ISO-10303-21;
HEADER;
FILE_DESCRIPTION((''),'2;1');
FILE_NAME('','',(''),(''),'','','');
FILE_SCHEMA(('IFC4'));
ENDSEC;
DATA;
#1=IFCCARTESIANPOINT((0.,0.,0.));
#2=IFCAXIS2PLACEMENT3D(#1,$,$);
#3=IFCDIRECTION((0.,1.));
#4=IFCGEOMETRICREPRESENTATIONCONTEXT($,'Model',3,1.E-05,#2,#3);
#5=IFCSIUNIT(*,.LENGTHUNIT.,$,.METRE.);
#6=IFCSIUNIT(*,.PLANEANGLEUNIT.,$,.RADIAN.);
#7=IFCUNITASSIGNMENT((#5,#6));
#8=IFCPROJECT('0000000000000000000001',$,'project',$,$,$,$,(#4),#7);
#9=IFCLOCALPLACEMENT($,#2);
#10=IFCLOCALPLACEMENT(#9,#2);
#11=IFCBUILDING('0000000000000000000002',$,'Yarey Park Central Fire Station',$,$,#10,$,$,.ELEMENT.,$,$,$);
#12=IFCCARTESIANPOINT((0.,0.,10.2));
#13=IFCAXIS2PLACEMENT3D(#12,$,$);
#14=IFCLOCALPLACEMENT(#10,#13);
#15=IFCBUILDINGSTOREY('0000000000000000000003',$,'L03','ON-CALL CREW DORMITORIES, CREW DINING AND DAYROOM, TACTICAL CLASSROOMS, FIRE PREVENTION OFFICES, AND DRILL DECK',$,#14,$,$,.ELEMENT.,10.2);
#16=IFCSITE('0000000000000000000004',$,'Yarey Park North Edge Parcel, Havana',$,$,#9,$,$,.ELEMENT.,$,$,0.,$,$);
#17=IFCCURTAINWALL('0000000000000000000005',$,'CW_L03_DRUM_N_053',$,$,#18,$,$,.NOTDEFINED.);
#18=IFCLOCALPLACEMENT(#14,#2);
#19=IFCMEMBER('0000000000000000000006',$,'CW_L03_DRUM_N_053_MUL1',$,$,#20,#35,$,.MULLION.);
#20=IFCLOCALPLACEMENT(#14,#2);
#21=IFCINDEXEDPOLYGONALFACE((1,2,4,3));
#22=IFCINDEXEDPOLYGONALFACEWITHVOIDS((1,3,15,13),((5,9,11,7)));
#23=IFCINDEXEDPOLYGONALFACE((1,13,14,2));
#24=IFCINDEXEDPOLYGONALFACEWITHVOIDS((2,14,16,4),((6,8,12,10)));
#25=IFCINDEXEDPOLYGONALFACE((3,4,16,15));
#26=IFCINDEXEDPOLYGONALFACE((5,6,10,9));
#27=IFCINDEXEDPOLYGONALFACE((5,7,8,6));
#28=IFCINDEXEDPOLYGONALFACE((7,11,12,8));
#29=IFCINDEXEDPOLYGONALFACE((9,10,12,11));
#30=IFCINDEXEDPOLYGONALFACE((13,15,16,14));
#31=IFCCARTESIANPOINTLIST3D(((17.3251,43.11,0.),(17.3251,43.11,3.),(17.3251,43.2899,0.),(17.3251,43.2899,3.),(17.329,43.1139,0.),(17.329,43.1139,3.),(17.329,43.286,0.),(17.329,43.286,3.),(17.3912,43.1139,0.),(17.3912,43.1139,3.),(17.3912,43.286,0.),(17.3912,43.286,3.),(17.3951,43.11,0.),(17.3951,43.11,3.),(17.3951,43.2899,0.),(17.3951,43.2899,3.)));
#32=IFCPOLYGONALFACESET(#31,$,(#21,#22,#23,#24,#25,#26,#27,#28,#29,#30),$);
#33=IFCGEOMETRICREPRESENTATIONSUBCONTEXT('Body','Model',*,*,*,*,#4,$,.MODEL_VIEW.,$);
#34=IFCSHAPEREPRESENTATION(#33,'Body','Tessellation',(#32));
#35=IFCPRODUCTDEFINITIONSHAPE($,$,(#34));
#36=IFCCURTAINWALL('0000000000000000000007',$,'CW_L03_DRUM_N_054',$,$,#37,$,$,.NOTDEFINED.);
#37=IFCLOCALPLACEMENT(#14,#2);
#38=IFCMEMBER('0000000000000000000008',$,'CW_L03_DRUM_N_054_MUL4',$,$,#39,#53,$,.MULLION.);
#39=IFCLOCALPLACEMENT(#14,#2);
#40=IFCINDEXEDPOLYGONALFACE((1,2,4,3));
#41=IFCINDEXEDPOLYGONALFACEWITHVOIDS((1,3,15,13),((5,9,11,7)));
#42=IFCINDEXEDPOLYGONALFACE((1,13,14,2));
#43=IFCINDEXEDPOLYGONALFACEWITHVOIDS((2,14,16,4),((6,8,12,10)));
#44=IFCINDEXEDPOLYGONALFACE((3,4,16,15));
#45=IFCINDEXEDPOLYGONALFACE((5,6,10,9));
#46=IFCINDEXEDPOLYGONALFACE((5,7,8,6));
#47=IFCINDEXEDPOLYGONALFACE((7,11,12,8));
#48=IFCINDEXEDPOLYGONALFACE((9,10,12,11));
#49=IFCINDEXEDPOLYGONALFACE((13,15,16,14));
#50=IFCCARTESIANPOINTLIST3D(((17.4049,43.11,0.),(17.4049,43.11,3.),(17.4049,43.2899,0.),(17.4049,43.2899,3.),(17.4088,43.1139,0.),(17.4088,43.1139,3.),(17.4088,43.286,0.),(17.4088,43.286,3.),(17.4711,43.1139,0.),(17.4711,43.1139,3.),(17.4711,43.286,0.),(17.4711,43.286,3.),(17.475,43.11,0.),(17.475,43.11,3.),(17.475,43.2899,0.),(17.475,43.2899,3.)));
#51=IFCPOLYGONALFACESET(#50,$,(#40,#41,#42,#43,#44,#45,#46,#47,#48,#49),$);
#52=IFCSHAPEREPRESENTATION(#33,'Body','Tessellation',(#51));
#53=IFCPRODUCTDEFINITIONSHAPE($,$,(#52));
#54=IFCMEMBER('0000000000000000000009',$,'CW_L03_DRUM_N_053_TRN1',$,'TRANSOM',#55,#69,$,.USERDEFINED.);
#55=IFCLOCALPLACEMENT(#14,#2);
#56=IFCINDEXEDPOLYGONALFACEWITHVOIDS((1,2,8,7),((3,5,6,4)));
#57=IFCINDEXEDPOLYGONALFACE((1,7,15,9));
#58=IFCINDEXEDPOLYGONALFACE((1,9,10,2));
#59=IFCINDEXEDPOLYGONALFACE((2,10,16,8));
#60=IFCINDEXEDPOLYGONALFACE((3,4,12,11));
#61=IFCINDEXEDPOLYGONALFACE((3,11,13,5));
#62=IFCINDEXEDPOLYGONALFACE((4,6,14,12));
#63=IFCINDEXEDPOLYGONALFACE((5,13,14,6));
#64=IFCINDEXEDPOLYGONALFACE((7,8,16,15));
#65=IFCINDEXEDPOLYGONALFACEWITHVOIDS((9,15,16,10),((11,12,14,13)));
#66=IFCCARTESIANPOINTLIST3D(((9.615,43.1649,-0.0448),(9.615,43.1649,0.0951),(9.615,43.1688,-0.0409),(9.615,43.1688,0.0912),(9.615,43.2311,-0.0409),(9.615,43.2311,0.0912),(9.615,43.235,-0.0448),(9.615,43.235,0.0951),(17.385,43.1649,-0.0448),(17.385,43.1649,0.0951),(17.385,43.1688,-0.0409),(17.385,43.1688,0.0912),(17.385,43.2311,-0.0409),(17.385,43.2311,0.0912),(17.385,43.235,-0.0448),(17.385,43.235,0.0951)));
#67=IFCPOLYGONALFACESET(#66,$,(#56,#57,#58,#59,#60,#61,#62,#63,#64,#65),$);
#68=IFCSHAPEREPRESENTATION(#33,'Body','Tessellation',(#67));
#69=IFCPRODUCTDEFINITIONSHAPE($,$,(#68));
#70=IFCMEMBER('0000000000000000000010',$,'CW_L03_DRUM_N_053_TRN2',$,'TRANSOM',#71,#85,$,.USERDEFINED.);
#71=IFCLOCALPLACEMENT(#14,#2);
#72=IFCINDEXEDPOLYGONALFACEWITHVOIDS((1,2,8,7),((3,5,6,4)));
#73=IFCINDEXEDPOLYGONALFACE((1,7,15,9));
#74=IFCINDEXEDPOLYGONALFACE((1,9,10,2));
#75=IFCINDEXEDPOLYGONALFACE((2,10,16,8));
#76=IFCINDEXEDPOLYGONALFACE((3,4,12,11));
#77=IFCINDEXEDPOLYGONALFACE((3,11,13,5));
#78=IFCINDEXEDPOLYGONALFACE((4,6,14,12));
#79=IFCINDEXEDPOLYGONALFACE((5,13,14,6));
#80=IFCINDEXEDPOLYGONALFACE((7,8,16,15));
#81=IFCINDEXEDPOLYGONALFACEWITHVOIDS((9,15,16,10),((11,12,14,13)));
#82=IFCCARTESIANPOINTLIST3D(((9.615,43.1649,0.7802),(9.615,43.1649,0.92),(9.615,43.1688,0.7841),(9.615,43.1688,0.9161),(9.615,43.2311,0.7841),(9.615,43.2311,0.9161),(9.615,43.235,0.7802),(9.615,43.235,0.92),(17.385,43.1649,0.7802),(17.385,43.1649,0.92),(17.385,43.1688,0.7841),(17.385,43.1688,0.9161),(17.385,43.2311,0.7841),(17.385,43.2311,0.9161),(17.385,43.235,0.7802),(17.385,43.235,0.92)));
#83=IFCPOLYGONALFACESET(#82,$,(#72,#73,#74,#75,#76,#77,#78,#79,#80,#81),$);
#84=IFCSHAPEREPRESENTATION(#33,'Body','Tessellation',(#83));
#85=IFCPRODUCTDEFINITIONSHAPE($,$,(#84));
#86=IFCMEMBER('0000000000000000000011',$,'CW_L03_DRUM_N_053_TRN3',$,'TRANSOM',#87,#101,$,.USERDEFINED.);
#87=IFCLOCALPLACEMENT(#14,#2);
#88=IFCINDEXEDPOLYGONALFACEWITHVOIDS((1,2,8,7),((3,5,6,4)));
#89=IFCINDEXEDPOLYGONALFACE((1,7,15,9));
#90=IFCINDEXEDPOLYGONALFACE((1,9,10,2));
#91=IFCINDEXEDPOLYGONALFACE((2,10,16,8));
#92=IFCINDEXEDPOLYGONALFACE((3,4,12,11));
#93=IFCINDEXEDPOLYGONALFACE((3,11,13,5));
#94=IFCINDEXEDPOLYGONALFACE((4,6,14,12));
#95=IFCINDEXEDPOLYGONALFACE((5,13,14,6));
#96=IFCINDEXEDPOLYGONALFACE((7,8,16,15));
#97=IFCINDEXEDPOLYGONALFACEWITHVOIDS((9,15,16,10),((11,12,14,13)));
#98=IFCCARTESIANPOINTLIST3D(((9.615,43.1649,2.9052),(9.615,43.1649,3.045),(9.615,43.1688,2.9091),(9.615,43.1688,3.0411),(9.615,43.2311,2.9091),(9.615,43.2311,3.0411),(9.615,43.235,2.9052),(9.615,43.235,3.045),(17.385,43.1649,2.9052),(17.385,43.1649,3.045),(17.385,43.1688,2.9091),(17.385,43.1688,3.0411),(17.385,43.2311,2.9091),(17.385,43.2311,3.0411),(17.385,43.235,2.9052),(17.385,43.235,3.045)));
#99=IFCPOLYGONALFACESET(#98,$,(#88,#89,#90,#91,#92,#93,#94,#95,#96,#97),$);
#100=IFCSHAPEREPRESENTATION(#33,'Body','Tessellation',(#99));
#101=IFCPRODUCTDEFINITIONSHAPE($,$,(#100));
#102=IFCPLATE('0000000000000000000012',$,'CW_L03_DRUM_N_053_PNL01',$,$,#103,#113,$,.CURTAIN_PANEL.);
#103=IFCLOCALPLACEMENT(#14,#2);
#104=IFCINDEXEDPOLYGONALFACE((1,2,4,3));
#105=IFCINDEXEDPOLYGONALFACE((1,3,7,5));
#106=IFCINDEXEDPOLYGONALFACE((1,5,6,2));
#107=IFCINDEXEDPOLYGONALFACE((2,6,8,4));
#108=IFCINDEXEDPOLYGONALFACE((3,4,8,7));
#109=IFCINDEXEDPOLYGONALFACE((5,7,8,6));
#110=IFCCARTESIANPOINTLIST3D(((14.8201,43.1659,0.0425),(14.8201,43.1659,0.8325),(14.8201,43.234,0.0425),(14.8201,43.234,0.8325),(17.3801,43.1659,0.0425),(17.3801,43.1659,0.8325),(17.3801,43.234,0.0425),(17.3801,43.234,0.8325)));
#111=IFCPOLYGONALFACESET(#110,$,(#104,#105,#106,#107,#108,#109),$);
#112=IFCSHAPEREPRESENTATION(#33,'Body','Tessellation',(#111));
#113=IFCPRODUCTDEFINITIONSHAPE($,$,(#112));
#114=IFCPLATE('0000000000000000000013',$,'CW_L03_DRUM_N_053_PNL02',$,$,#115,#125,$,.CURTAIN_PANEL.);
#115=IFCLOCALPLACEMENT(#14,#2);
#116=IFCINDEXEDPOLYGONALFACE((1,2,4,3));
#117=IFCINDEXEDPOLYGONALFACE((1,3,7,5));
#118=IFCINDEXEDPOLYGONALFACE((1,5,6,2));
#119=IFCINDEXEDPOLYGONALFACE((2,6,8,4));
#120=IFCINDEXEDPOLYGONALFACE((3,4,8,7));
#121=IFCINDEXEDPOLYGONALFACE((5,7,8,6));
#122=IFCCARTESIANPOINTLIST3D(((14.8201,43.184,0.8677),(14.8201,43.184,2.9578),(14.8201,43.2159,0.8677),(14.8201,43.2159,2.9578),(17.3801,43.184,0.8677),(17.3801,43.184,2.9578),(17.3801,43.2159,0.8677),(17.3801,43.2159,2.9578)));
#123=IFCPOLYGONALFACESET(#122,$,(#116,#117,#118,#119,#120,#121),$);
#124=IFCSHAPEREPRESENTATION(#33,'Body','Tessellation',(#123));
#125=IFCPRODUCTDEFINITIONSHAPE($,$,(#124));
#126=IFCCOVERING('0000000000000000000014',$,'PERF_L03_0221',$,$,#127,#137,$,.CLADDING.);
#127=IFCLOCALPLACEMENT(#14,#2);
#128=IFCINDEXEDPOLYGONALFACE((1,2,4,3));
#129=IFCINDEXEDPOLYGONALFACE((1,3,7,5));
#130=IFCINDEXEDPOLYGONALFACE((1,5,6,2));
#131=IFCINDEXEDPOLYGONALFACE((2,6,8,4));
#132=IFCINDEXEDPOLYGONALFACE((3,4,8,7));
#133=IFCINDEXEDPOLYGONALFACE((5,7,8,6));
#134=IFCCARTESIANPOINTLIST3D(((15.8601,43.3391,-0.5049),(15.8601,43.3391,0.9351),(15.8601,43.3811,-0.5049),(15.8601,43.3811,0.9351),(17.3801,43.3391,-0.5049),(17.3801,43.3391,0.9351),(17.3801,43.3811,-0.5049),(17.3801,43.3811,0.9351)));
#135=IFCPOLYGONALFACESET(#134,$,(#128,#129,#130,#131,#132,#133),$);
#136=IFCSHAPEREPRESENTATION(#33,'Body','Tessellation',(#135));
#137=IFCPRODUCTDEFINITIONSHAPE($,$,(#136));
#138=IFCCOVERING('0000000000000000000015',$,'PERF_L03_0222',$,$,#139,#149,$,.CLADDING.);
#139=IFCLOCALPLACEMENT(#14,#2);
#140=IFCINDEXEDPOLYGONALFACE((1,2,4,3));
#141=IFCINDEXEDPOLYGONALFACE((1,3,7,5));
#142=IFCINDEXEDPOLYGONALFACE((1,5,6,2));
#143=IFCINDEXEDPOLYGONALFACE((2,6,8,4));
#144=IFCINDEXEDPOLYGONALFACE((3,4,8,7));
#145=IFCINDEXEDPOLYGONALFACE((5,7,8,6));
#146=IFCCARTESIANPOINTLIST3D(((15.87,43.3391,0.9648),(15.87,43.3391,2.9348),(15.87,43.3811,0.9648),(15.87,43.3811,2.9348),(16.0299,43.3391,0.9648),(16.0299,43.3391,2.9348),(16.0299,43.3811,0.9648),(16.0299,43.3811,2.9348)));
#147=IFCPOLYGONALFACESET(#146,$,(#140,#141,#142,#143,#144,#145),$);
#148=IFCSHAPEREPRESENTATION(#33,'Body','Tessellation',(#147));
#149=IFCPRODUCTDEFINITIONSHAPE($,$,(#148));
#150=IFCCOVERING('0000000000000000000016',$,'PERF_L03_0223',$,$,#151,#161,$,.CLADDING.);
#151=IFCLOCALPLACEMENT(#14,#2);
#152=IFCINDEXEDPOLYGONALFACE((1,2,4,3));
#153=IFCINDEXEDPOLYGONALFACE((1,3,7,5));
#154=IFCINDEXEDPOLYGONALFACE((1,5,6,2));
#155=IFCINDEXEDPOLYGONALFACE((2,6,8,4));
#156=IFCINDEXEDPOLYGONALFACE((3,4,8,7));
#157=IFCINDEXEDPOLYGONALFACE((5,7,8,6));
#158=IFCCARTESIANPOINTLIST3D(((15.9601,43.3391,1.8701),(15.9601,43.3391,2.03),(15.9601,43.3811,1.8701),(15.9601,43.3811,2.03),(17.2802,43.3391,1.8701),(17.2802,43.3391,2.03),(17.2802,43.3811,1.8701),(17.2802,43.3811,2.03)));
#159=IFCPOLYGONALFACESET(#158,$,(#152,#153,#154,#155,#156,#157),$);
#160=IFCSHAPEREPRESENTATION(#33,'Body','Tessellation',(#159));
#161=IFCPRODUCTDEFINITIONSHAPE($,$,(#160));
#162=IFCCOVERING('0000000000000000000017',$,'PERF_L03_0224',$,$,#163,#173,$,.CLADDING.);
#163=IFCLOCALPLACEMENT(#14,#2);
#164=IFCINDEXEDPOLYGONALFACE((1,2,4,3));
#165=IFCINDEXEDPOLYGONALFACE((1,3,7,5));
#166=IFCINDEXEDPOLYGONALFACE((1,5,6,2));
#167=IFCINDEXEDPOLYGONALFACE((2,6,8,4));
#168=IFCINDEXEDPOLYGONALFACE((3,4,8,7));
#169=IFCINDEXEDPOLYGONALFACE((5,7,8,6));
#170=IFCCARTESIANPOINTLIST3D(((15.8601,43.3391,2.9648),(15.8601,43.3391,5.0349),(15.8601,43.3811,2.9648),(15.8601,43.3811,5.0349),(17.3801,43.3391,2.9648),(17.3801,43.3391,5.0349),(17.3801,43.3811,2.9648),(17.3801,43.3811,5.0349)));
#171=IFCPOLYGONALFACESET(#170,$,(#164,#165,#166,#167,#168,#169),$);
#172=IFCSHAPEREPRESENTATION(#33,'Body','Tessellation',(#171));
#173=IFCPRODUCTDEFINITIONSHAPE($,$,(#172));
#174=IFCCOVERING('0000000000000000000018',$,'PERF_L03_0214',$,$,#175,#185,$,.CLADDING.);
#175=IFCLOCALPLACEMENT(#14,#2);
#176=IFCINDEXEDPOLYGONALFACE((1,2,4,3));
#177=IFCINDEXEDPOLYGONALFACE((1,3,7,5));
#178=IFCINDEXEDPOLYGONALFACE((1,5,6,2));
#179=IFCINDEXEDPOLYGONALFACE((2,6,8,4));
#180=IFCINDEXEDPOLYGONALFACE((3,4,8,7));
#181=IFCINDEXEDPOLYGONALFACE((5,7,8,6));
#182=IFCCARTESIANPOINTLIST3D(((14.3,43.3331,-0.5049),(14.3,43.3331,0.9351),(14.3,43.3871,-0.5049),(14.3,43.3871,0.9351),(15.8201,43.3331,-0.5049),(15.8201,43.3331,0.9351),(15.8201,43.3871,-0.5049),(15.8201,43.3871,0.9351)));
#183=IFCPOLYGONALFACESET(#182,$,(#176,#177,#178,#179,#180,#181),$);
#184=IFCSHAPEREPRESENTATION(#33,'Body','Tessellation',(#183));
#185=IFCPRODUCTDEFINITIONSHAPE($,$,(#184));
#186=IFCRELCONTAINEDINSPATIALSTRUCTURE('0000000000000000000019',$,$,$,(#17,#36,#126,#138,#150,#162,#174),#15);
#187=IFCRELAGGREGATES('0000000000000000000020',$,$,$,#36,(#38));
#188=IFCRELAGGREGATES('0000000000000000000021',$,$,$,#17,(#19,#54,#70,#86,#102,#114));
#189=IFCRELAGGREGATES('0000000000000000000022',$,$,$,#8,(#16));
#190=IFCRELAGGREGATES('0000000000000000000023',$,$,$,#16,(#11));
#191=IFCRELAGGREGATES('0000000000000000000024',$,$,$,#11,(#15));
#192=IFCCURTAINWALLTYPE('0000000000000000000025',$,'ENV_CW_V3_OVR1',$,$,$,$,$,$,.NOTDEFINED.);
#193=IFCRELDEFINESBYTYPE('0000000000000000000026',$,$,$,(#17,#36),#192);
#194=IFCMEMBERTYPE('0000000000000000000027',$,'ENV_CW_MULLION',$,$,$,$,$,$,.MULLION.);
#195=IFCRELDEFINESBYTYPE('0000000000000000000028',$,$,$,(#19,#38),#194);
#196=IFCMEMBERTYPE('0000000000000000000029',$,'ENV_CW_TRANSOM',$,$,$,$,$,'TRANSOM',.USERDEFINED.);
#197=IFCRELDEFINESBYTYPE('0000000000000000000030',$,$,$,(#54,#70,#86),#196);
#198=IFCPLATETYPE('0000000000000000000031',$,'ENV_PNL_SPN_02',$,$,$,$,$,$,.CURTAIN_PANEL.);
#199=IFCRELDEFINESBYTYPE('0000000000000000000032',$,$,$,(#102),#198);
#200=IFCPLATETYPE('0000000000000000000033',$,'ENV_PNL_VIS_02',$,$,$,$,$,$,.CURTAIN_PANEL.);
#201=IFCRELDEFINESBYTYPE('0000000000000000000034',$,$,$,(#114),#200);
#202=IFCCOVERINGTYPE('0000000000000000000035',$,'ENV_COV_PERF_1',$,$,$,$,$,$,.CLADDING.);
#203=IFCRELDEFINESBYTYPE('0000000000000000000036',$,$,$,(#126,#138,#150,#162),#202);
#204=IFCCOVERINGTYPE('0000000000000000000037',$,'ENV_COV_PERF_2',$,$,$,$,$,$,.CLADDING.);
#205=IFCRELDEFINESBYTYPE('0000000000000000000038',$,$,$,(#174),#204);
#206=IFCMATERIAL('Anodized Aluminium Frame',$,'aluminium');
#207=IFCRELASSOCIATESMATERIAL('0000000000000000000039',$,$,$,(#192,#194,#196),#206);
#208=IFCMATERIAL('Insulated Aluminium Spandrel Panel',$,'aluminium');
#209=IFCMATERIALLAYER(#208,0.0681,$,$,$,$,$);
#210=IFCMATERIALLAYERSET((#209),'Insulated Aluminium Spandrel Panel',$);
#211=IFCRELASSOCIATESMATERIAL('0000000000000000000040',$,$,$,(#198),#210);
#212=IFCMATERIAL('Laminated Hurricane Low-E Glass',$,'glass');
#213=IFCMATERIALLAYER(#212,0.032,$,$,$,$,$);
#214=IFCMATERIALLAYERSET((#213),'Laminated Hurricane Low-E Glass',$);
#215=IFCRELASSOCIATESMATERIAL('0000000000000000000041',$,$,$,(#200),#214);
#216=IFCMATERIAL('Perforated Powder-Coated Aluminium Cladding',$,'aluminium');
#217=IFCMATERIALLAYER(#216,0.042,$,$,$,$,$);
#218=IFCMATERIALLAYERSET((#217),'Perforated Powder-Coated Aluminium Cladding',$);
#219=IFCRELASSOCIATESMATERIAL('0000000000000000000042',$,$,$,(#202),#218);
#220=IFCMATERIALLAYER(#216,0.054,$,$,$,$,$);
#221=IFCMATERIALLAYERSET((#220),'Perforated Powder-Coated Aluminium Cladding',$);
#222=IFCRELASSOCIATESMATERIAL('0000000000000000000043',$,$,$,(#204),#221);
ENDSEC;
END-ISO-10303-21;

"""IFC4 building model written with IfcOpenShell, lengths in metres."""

from ifc_helpers import new_model, si_unit, direction, frame, origin, origin_2d, place, context, subcontext, project, spatial, rectangle, hollow_rectangle, extrude, material, layer, layer_set, material_profile, profile_set, type_object, element, aggregate, save


model = new_model("IFC4")

# Units and contexts
model_context = context("Model", 3, precision=1e-05, world=origin(), true_north=direction((0.0, 1.0)))
body_context = subcontext(model_context, "Body", "Model", "MODEL_VIEW")
ifc_project = project(units=[si_unit("LENGTHUNIT", "METRE"), si_unit("PLANEANGLEUNIT", "RADIAN")], contexts=[model_context])

# Site, building, storey
site_placement = place(None, origin())
site = spatial("IfcSite", under=ifc_project, at=site_placement, Name="Yarey Park North Edge Parcel, Havana", CompositionType="ELEMENT", RefElevation=0.0)
building_placement = place(site_placement, origin())
building = spatial("IfcBuilding", under=site, at=building_placement, Name="Yarey Park Central Fire Station", CompositionType="ELEMENT")
storey_placement = place(building_placement, frame((0.0, 0.0, 10.2)))
storey = spatial("IfcBuildingStorey", under=building, at=storey_placement, Name="L03", Description="ON-CALL CREW DORMITORIES, CREW DINING AND DAYROOM, TACTICAL CLASSROOMS, FIRE PREVENTION OFFICES, AND DRILL DECK", CompositionType="ELEMENT", Elevation=10.2)

# Curtain walls, members
ifc_material_1 = material(Name="Anodized Aluminium Frame", Category="aluminium")
curtain_wall_type = type_object("IfcCurtainWallType", Name="ENV_CW_V3_OVR1", PredefinedType="NOTDEFINED", material=ifc_material_1)
curtain_wall_1_placement = place(storey_placement, origin())
curtain_wall_1 = element("IfcCurtainWall", 1, at=curtain_wall_1_placement, inside=storey, type_object=curtain_wall_type, Name="CW_L03_DRUM_N_053", PredefinedType="NOTDEFINED")
ifc_material_profile_1 = material_profile(ifc_material_1, hollow_rectangle(XDim=0.0701, YDim=0.1799, WallThickness=0.0039, at=origin_2d()), Name="ALU 180x70x4")
ifc_profile_set_1 = profile_set([ifc_material_profile_1], Name="Anodized Aluminium Frame")
member_type_1 = type_object("IfcMemberType", Name="ENV_CW_MULLION", PredefinedType="MULLION", material=ifc_profile_set_1)
member_1_placement = place(storey_placement, frame((17.3601, 43.2, 0.0), z_axis=(0.0, 0.0, 1.0), x_axis=(1.0, 0.0, 0.0)))
member_1 = element("IfcMember", 2, at=member_1_placement, type_object=member_type_1, Name="CW_L03_DRUM_N_053_MUL1", PredefinedType="MULLION", context=body_context, shape_type="SweptSolid", body=[
    extrude(hollow_rectangle(XDim=0.0701, YDim=0.1799, WallThickness=0.0039, at=origin_2d()), origin(), (0.0, 0.0, 1.0), 3.0),
])
curtain_wall_2_placement = place(storey_placement, origin())
curtain_wall_2 = element("IfcCurtainWall", 3, at=curtain_wall_2_placement, inside=storey, type_object=curtain_wall_type, Name="CW_L03_DRUM_N_054", PredefinedType="NOTDEFINED")
member_2_placement = place(storey_placement, frame((17.4399, 43.2, 0.0), z_axis=(0.0, 0.0, 1.0), x_axis=(1.0, 0.0, 0.0)))
member_2 = element("IfcMember", 4, at=member_2_placement, type_object=member_type_1, Name="CW_L03_DRUM_N_054_MUL4", PredefinedType="MULLION", context=body_context, shape_type="SweptSolid", body=[
    extrude(hollow_rectangle(XDim=0.0701, YDim=0.1799, WallThickness=0.0039, at=origin_2d()), origin(), (0.0, 0.0, 1.0), 3.0),
])
aggregate(curtain_wall_2, [member_2])

# Members
ifc_material_profile_2 = material_profile(ifc_material_1, hollow_rectangle(XDim=0.0701, YDim=0.1399, WallThickness=0.0039, at=origin_2d()), Name="ALU 140x70x4")
ifc_profile_set_2 = profile_set([ifc_material_profile_2], Name="Anodized Aluminium Frame")
member_type_2 = type_object("IfcMemberType", Name="ENV_CW_TRANSOM", ElementType="TRANSOM", PredefinedType="USERDEFINED", material=ifc_profile_set_2)
member_3_placement = place(storey_placement, frame((17.385, 43.2, 0.0251), z_axis=(-1.0, 0.0, 0.0), x_axis=(0.0, -1.0, 0.0)))
member_3 = element("IfcMember", 5, at=member_3_placement, type_object=member_type_2, Name="CW_L03_DRUM_N_053_TRN1", ObjectType="TRANSOM", PredefinedType="USERDEFINED", context=body_context, shape_type="SweptSolid", body=[
    extrude(hollow_rectangle(XDim=0.0701, YDim=0.1399, WallThickness=0.0039, at=origin_2d()), origin(), (0.0, 0.0, 1.0), 7.77),
])
member_4_placement = place(storey_placement, frame((17.385, 43.2, 0.8501), z_axis=(-1.0, 0.0, 0.0), x_axis=(0.0, -1.0, 0.0)))
member_4 = element("IfcMember", 6, at=member_4_placement, type_object=member_type_2, Name="CW_L03_DRUM_N_053_TRN2", ObjectType="TRANSOM", PredefinedType="USERDEFINED", context=body_context, shape_type="SweptSolid", body=[
    extrude(hollow_rectangle(XDim=0.0701, YDim=0.1399, WallThickness=0.0039, at=origin_2d()), origin(), (0.0, 0.0, 1.0), 7.77),
])
member_5_placement = place(storey_placement, frame((17.385, 43.2, 2.9751), z_axis=(-1.0, 0.0, 0.0), x_axis=(0.0, -1.0, 0.0)))
member_5 = element("IfcMember", 7, at=member_5_placement, type_object=member_type_2, Name="CW_L03_DRUM_N_053_TRN3", ObjectType="TRANSOM", PredefinedType="USERDEFINED", context=body_context, shape_type="SweptSolid", body=[
    extrude(hollow_rectangle(XDim=0.0701, YDim=0.1399, WallThickness=0.0039, at=origin_2d()), origin(), (0.0, 0.0, 1.0), 7.77),
])

# Plates
ifc_material_2 = material(Name="Insulated Aluminium Spandrel Panel", Category="aluminium")
ifc_layer_1 = layer(ifc_material_2, 0.0681)
ifc_layer_set_1 = layer_set([ifc_layer_1], Name="Insulated Aluminium Spandrel Panel")
plate_type_1 = type_object("IfcPlateType", Name="ENV_PNL_SPN_02", PredefinedType="CURTAIN_PANEL", material=ifc_layer_set_1)
plate_1_placement = place(storey_placement, frame((16.1001, 43.2, 0.0425), z_axis=(0.0, 0.0, 1.0), x_axis=(-1.0, 0.0, 0.0)))
plate_1 = element("IfcPlate", 8, at=plate_1_placement, type_object=plate_type_1, Name="CW_L03_DRUM_N_053_PNL01", PredefinedType="CURTAIN_PANEL", context=body_context, shape_type="SweptSolid", body=[
    extrude(rectangle(XDim=2.5601, YDim=0.0681, at=origin_2d()), origin(), (0.0, 0.0, 1.0), 0.79),
])
ifc_material_3 = material(Name="Laminated Hurricane Low-E Glass", Category="glass")
ifc_layer_2 = layer(ifc_material_3, 0.032)
ifc_layer_set_2 = layer_set([ifc_layer_2], Name="Laminated Hurricane Low-E Glass")
plate_type_2 = type_object("IfcPlateType", Name="ENV_PNL_VIS_02", PredefinedType="CURTAIN_PANEL", material=ifc_layer_set_2)
plate_2_placement = place(storey_placement, frame((16.1001, 43.2, 0.8677), z_axis=(0.0, 0.0, 1.0), x_axis=(-1.0, 0.0, 0.0)))
plate_2 = element("IfcPlate", 9, at=plate_2_placement, type_object=plate_type_2, Name="CW_L03_DRUM_N_053_PNL02", PredefinedType="CURTAIN_PANEL", context=body_context, shape_type="SweptSolid", body=[
    extrude(rectangle(XDim=2.5601, YDim=0.032, at=origin_2d()), origin(), (0.0, 0.0, 1.0), 2.0901),
])
aggregate(curtain_wall_1, [member_1, member_3, member_4, member_5, plate_1, plate_2])

# Coverings
ifc_material_4 = material(Name="Perforated Powder-Coated Aluminium Cladding", Category="aluminium")
ifc_layer_3 = layer(ifc_material_4, 0.042)
ifc_layer_set_3 = layer_set([ifc_layer_3], Name="Perforated Powder-Coated Aluminium Cladding")
covering_type_1 = type_object("IfcCoveringType", Name="ENV_COV_PERF_1", PredefinedType="CLADDING", material=ifc_layer_set_3)
covering_1_placement = place(storey_placement, frame((16.6201, 43.3601, -0.5049), z_axis=(0.0, 0.0, 1.0), x_axis=(1.0, 0.0, 0.0)))
element("IfcCovering", 10, at=covering_1_placement, inside=storey, type_object=covering_type_1, Name="PERF_L03_0221", PredefinedType="CLADDING", context=body_context, shape_type="SweptSolid", body=[
    extrude(rectangle(XDim=1.52, YDim=0.042, at=origin_2d()), origin(), (0.0, 0.0, 1.0), 1.4399),
])
covering_2_placement = place(storey_placement, frame((15.95, 43.3601, 0.9648), z_axis=(0.0, 0.0, 1.0), x_axis=(1.0, 0.0, 0.0)))
element("IfcCovering", 11, at=covering_2_placement, inside=storey, type_object=covering_type_1, Name="PERF_L03_0222", PredefinedType="CLADDING", context=body_context, shape_type="SweptSolid", body=[
    extrude(rectangle(XDim=0.1599, YDim=0.042, at=origin_2d()), origin(), (0.0, 0.0, 1.0), 1.97),
])
covering_3_placement = place(storey_placement, frame((16.6201, 43.3601, 1.8701), z_axis=(0.0, 0.0, 1.0), x_axis=(1.0, 0.0, 0.0)))
element("IfcCovering", 12, at=covering_3_placement, inside=storey, type_object=covering_type_1, Name="PERF_L03_0223", PredefinedType="CLADDING", context=body_context, shape_type="SweptSolid", body=[
    extrude(rectangle(XDim=1.3201, YDim=0.042, at=origin_2d()), origin(), (0.0, 0.0, 1.0), 0.1599),
])
covering_4_placement = place(storey_placement, frame((16.6201, 43.3601, 2.9648), z_axis=(0.0, 0.0, 1.0), x_axis=(1.0, 0.0, 0.0)))
element("IfcCovering", 13, at=covering_4_placement, inside=storey, type_object=covering_type_1, Name="PERF_L03_0224", PredefinedType="CLADDING", context=body_context, shape_type="SweptSolid", body=[
    extrude(rectangle(XDim=1.52, YDim=0.042, at=origin_2d()), origin(), (0.0, 0.0, 1.0), 2.0701),
])
ifc_layer_4 = layer(ifc_material_4, 0.054)
ifc_layer_set_4 = layer_set([ifc_layer_4], Name="Perforated Powder-Coated Aluminium Cladding")
covering_type_2 = type_object("IfcCoveringType", Name="ENV_COV_PERF_2", PredefinedType="CLADDING", material=ifc_layer_set_4)
covering_5_placement = place(storey_placement, frame((15.0601, 43.3601, -0.5049), z_axis=(0.0, 0.0, 1.0), x_axis=(1.0, 0.0, 0.0)))
element("IfcCovering", 14, at=covering_5_placement, inside=storey, type_object=covering_type_2, Name="PERF_L03_0214", PredefinedType="CLADDING", context=body_context, shape_type="SweptSolid", body=[
    extrude(rectangle(XDim=1.52, YDim=0.054, at=origin_2d()), origin(), (0.0, 0.0, 1.0), 1.4399),
])

save(model, "model.ifc")
